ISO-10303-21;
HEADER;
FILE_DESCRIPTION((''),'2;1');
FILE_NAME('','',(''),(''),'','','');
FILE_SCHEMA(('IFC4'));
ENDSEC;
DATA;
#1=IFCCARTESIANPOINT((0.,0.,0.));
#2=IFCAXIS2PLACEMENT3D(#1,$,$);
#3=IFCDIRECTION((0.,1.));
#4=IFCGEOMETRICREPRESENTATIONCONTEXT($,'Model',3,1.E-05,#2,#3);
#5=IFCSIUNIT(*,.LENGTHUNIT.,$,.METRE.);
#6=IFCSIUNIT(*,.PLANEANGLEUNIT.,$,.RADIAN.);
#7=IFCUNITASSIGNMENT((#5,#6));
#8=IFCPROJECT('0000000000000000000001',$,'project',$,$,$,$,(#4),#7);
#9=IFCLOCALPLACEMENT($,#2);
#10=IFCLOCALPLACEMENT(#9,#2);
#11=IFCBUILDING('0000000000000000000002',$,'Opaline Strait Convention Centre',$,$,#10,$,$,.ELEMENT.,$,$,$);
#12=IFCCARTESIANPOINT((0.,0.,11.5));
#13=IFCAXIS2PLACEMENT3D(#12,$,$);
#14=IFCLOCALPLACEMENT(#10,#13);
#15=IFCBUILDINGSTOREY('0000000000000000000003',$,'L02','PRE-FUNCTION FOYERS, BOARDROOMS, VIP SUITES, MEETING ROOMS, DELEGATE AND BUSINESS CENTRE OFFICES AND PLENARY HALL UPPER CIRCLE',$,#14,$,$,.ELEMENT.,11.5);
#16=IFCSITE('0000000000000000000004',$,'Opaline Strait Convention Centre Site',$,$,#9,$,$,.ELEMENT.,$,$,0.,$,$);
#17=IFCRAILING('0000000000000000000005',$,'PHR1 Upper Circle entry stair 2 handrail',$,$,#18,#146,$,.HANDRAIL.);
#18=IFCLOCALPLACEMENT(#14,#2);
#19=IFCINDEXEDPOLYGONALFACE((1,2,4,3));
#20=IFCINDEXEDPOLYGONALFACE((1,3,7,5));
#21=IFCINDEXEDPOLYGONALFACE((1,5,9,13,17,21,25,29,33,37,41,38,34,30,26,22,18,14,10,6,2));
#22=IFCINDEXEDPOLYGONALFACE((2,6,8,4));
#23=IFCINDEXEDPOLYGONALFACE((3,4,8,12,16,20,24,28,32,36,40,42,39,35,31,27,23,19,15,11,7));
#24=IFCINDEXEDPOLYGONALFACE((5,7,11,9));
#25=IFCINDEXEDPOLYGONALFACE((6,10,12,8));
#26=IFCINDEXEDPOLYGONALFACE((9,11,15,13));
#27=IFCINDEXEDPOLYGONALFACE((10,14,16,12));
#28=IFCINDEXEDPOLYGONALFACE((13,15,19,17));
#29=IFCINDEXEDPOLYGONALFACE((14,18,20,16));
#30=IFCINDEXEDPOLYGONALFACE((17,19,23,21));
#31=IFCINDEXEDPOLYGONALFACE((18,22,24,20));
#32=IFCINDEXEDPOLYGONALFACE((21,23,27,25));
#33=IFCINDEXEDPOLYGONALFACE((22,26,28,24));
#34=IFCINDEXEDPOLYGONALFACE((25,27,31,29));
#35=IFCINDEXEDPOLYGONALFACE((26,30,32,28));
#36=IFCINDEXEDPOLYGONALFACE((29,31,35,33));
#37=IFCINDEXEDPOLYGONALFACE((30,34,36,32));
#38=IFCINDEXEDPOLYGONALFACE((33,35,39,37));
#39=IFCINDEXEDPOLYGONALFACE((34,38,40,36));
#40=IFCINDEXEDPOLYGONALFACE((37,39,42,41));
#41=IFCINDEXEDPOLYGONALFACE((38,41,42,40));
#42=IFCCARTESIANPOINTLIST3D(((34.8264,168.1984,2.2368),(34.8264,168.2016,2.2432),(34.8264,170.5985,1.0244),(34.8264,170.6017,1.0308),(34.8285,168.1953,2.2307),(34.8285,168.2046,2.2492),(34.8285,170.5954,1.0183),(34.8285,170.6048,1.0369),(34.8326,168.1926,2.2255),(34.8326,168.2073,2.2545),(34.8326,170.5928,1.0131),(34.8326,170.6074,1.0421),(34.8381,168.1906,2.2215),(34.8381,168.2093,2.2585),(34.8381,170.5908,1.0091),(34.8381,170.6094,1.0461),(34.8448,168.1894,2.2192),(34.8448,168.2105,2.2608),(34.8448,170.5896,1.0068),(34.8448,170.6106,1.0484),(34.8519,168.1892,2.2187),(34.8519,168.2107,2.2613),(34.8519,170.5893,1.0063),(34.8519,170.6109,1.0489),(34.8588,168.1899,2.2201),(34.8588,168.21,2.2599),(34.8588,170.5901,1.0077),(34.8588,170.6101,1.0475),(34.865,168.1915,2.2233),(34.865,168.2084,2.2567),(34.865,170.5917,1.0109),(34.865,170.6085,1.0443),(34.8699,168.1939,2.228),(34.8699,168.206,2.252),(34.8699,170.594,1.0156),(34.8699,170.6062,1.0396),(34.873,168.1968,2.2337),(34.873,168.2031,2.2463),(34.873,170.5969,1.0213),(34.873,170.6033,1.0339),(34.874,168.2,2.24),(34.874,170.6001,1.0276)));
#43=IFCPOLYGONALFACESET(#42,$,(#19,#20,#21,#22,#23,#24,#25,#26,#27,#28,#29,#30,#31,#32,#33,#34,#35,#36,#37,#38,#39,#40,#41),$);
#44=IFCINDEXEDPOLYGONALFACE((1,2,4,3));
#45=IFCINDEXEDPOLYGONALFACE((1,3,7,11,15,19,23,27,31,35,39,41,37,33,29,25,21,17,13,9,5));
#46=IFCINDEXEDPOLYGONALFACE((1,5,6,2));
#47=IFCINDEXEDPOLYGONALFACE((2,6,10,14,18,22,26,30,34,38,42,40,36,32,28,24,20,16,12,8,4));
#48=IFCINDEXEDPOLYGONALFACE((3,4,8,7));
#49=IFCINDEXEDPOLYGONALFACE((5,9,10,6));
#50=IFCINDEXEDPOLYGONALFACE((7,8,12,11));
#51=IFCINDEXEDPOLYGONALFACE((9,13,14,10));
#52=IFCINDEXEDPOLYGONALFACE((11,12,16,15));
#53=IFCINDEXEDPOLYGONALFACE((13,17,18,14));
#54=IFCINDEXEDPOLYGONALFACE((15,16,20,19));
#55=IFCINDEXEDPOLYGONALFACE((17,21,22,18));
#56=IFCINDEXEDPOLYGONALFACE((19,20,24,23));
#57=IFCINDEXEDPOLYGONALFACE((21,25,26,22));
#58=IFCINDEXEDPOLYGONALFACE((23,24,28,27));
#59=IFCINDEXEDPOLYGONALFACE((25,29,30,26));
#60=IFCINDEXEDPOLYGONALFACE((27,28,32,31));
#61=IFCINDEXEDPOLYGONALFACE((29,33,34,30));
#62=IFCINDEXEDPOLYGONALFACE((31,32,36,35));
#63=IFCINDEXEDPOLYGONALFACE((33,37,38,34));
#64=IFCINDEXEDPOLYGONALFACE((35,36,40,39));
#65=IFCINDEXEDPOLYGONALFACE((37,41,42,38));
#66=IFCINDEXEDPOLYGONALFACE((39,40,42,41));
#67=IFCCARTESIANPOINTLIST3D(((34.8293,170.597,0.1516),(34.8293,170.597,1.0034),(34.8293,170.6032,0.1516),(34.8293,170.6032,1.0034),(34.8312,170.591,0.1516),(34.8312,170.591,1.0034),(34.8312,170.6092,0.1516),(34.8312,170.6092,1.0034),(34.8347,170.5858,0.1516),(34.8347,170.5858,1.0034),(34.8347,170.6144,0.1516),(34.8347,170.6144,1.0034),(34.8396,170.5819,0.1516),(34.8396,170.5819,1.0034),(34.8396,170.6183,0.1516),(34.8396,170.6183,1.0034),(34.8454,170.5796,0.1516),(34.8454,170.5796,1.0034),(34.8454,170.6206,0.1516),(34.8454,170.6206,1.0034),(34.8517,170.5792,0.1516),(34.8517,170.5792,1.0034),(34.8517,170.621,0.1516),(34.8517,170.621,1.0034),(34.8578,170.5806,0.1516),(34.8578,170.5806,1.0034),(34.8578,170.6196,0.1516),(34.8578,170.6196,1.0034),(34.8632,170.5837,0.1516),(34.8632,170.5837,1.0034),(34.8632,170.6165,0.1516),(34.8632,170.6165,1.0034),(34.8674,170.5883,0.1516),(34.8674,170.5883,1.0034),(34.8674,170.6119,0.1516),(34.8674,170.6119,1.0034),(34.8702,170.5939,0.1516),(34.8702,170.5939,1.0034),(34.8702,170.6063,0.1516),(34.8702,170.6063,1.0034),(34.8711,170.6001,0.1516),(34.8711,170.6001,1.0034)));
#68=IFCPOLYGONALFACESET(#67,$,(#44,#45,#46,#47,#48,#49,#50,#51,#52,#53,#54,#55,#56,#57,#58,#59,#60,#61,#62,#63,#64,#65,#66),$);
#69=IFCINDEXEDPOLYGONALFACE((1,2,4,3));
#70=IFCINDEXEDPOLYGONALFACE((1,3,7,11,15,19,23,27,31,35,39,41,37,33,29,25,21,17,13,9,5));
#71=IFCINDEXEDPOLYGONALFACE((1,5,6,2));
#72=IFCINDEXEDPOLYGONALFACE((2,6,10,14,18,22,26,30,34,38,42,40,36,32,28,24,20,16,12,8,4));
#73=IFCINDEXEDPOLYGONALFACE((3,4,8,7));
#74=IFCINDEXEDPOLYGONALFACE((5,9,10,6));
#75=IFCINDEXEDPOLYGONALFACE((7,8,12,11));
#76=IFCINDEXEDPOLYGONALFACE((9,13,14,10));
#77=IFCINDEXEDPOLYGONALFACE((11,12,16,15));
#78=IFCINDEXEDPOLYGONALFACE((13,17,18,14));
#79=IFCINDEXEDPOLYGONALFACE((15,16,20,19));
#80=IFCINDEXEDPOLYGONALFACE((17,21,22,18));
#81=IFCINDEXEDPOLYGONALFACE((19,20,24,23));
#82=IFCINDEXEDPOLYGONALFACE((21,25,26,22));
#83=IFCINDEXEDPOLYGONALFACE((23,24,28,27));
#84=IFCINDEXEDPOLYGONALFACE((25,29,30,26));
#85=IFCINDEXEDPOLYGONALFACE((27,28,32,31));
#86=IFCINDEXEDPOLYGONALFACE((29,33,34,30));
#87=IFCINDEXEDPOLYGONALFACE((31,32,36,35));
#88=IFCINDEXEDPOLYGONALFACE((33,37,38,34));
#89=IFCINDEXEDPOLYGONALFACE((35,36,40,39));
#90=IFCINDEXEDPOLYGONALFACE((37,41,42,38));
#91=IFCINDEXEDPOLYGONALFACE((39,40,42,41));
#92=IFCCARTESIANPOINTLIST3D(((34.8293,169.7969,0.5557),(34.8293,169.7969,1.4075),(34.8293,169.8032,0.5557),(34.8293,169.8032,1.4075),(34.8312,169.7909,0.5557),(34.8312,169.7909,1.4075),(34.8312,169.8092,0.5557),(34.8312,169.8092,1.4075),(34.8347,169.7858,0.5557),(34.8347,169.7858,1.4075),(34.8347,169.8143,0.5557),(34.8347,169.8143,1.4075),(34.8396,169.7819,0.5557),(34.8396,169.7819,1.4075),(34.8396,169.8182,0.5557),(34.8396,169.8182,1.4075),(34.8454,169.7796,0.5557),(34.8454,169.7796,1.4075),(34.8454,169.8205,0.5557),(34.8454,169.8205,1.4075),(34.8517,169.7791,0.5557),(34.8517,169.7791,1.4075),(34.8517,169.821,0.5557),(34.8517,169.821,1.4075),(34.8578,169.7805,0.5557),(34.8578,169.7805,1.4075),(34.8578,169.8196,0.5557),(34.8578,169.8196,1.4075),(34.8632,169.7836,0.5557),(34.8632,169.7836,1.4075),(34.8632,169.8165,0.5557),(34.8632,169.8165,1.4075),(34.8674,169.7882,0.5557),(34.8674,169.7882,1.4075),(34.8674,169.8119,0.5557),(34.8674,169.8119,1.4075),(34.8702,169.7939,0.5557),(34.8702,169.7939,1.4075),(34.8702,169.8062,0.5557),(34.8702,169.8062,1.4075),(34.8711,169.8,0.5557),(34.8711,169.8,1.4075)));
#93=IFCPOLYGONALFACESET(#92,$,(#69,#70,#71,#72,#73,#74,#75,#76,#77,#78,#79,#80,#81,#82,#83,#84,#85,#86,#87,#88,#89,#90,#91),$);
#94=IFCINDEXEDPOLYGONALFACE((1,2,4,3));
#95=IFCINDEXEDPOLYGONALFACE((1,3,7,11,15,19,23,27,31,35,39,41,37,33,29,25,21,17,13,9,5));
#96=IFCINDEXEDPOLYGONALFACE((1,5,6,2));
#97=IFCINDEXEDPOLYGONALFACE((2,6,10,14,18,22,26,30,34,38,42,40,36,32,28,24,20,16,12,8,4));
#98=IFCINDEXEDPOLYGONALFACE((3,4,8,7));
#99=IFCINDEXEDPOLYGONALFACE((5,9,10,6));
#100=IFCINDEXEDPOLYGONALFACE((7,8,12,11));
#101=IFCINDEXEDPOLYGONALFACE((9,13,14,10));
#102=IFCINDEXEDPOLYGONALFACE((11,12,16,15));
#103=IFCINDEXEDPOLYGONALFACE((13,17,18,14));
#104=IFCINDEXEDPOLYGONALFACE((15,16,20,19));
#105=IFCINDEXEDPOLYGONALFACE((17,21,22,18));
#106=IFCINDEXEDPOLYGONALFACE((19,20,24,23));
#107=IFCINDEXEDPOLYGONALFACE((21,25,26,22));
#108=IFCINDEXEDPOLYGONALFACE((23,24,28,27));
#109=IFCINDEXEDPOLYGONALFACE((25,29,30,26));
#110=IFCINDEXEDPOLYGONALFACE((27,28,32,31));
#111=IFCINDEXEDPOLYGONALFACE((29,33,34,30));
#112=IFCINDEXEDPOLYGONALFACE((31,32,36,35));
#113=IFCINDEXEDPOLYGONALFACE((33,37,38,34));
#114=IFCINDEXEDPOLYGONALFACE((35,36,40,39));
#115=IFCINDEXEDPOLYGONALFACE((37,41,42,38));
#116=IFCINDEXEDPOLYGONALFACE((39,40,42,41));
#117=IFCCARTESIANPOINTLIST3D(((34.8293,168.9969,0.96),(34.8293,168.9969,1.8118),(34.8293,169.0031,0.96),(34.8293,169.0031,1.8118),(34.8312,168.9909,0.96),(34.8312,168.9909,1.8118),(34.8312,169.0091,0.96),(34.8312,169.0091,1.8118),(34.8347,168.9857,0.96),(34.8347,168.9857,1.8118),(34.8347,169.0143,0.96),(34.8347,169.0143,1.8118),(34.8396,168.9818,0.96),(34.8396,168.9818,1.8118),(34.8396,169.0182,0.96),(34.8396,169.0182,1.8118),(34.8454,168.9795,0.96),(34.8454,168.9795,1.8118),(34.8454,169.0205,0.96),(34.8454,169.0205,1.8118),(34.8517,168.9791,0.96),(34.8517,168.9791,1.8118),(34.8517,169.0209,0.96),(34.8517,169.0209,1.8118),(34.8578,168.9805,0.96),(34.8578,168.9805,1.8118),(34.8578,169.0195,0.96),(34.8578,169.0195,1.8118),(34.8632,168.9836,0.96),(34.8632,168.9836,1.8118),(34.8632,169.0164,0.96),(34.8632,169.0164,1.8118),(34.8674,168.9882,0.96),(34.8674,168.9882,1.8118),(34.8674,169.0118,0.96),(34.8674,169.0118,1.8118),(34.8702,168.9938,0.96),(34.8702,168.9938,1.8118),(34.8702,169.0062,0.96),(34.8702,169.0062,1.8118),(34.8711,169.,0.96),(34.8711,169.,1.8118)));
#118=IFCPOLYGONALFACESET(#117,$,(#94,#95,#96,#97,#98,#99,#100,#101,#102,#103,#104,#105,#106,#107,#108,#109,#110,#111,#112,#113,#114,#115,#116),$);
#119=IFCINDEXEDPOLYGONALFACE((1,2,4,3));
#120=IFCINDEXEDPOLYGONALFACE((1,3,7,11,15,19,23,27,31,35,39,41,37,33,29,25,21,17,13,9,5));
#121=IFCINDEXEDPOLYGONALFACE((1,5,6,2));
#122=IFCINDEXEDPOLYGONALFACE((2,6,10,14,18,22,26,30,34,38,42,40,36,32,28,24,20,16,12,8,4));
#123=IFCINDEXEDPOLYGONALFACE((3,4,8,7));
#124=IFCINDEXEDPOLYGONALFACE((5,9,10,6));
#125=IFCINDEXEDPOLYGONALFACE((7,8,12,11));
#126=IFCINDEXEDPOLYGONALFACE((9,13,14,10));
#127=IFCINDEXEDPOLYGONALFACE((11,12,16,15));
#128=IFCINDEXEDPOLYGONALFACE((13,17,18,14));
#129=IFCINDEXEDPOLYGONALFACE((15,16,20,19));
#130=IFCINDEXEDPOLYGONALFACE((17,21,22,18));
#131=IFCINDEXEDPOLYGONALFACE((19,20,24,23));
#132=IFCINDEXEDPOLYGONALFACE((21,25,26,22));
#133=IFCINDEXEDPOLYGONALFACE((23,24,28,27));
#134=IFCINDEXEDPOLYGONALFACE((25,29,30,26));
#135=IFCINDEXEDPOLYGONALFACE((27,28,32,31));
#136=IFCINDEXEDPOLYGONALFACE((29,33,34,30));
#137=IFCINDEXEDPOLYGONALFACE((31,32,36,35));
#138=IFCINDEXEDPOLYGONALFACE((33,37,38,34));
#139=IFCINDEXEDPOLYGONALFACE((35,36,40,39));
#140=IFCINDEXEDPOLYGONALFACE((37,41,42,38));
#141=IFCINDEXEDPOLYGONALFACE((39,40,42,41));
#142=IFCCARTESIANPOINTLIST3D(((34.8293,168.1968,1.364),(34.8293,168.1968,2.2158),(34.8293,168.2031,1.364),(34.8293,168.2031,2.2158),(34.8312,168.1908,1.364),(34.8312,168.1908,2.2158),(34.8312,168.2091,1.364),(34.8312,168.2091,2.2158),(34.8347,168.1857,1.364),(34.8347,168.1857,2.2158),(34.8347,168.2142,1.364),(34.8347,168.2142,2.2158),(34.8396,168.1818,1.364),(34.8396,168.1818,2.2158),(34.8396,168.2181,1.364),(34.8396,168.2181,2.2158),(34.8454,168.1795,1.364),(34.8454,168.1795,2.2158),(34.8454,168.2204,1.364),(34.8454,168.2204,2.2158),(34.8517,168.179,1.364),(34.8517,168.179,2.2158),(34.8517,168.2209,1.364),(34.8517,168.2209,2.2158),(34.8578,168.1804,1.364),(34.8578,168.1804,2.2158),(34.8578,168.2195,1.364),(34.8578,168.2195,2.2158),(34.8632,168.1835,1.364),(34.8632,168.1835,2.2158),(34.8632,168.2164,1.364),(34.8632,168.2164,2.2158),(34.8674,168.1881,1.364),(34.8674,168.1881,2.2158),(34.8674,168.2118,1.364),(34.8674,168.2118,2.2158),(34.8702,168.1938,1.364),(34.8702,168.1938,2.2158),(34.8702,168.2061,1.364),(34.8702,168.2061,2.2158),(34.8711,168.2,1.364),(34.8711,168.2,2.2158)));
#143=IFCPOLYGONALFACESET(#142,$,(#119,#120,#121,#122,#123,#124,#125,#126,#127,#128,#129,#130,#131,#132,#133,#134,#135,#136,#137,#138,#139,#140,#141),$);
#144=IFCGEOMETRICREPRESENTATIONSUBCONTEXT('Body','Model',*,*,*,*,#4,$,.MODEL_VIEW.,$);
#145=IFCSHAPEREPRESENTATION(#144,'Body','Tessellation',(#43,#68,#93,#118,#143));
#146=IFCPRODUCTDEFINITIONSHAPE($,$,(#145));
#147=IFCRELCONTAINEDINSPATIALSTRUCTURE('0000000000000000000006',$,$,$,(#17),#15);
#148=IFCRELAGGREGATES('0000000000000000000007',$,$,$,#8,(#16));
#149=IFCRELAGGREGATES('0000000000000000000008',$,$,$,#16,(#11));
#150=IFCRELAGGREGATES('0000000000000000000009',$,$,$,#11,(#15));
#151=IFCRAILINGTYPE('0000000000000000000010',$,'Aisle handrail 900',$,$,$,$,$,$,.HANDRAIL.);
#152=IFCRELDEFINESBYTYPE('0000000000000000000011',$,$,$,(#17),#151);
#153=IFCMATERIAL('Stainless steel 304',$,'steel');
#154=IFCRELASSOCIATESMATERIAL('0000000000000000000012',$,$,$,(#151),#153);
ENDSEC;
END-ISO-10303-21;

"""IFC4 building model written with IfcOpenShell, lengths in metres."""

from ifc_helpers import new_model, si_unit, direction, frame, origin, origin_2d, place, context, subcontext, project, spatial, circle, extrude, material, type_object, element, save


model = new_model("IFC4")

# Units and contexts
model_context = context("Model", 3, precision=1e-05, world=origin(), true_north=direction((0.0, 1.0)))
body_context = subcontext(model_context, "Body", "Model", "MODEL_VIEW")
ifc_project = project(units=[si_unit("LENGTHUNIT", "METRE"), si_unit("PLANEANGLEUNIT", "RADIAN")], contexts=[model_context])

# Site, building, storey
site_placement = place(None, origin())
site = spatial("IfcSite", under=ifc_project, at=site_placement, Name="Opaline Strait Convention Centre Site", CompositionType="ELEMENT", RefElevation=0.0)
building_placement = place(site_placement, origin())
building = spatial("IfcBuilding", under=site, at=building_placement, Name="Opaline Strait Convention Centre", CompositionType="ELEMENT")
storey_placement = place(building_placement, frame((0.0, 0.0, 11.5)))
storey = spatial("IfcBuildingStorey", under=building, at=storey_placement, Name="L02", Description="PRE-FUNCTION FOYERS, BOARDROOMS, VIP SUITES, MEETING ROOMS, DELEGATE AND BUSINESS CENTRE OFFICES AND PLENARY HALL UPPER CIRCLE", CompositionType="ELEMENT", Elevation=11.5)

# Railing
ifc_material_1 = material(Name="Stainless steel 304", Category="steel")
railing_type_1 = type_object("IfcRailingType", Name="Aisle handrail 900", PredefinedType="HANDRAIL", material=ifc_material_1)
for number, where, name in (
    (1, (34.8501, 170.6001, 0.1516), "PHR1 Upper Circle entry stair 2 handrail"),
):
    element("IfcRailing", number, at=place(storey_placement, frame(where)), inside=storey, type_object=railing_type_1, Name=name, PredefinedType="HANDRAIL", context=body_context, shape_type="SweptSolid", body=[
        extrude(circle(Radius=0.0239, at=origin_2d()), frame((0.0, 0.0, 0.876), z_axis=(0.0, -0.892586, 0.450878), x_axis=(1.0, 0.0, 0.0)), (0.0, 0.0, 1.0), 2.689),
        extrude(circle(Radius=0.021, at=origin_2d()), origin(), (0.0, 0.0, 1.0), 0.8518),
        extrude(circle(Radius=0.021, at=origin_2d()), frame((0.0, -0.8, 0.4041)), (0.0, 0.0, 1.0), 0.8518),
        extrude(circle(Radius=0.021, at=origin_2d()), frame((0.0, -1.6001, 0.8083)), (0.0, 0.0, 1.0), 0.8518),
        extrude(circle(Radius=0.021, at=origin_2d()), frame((0.0, -2.4001, 1.2124)), (0.0, 0.0, 1.0), 0.8518),
    ])

save(model, "model.ifc")
